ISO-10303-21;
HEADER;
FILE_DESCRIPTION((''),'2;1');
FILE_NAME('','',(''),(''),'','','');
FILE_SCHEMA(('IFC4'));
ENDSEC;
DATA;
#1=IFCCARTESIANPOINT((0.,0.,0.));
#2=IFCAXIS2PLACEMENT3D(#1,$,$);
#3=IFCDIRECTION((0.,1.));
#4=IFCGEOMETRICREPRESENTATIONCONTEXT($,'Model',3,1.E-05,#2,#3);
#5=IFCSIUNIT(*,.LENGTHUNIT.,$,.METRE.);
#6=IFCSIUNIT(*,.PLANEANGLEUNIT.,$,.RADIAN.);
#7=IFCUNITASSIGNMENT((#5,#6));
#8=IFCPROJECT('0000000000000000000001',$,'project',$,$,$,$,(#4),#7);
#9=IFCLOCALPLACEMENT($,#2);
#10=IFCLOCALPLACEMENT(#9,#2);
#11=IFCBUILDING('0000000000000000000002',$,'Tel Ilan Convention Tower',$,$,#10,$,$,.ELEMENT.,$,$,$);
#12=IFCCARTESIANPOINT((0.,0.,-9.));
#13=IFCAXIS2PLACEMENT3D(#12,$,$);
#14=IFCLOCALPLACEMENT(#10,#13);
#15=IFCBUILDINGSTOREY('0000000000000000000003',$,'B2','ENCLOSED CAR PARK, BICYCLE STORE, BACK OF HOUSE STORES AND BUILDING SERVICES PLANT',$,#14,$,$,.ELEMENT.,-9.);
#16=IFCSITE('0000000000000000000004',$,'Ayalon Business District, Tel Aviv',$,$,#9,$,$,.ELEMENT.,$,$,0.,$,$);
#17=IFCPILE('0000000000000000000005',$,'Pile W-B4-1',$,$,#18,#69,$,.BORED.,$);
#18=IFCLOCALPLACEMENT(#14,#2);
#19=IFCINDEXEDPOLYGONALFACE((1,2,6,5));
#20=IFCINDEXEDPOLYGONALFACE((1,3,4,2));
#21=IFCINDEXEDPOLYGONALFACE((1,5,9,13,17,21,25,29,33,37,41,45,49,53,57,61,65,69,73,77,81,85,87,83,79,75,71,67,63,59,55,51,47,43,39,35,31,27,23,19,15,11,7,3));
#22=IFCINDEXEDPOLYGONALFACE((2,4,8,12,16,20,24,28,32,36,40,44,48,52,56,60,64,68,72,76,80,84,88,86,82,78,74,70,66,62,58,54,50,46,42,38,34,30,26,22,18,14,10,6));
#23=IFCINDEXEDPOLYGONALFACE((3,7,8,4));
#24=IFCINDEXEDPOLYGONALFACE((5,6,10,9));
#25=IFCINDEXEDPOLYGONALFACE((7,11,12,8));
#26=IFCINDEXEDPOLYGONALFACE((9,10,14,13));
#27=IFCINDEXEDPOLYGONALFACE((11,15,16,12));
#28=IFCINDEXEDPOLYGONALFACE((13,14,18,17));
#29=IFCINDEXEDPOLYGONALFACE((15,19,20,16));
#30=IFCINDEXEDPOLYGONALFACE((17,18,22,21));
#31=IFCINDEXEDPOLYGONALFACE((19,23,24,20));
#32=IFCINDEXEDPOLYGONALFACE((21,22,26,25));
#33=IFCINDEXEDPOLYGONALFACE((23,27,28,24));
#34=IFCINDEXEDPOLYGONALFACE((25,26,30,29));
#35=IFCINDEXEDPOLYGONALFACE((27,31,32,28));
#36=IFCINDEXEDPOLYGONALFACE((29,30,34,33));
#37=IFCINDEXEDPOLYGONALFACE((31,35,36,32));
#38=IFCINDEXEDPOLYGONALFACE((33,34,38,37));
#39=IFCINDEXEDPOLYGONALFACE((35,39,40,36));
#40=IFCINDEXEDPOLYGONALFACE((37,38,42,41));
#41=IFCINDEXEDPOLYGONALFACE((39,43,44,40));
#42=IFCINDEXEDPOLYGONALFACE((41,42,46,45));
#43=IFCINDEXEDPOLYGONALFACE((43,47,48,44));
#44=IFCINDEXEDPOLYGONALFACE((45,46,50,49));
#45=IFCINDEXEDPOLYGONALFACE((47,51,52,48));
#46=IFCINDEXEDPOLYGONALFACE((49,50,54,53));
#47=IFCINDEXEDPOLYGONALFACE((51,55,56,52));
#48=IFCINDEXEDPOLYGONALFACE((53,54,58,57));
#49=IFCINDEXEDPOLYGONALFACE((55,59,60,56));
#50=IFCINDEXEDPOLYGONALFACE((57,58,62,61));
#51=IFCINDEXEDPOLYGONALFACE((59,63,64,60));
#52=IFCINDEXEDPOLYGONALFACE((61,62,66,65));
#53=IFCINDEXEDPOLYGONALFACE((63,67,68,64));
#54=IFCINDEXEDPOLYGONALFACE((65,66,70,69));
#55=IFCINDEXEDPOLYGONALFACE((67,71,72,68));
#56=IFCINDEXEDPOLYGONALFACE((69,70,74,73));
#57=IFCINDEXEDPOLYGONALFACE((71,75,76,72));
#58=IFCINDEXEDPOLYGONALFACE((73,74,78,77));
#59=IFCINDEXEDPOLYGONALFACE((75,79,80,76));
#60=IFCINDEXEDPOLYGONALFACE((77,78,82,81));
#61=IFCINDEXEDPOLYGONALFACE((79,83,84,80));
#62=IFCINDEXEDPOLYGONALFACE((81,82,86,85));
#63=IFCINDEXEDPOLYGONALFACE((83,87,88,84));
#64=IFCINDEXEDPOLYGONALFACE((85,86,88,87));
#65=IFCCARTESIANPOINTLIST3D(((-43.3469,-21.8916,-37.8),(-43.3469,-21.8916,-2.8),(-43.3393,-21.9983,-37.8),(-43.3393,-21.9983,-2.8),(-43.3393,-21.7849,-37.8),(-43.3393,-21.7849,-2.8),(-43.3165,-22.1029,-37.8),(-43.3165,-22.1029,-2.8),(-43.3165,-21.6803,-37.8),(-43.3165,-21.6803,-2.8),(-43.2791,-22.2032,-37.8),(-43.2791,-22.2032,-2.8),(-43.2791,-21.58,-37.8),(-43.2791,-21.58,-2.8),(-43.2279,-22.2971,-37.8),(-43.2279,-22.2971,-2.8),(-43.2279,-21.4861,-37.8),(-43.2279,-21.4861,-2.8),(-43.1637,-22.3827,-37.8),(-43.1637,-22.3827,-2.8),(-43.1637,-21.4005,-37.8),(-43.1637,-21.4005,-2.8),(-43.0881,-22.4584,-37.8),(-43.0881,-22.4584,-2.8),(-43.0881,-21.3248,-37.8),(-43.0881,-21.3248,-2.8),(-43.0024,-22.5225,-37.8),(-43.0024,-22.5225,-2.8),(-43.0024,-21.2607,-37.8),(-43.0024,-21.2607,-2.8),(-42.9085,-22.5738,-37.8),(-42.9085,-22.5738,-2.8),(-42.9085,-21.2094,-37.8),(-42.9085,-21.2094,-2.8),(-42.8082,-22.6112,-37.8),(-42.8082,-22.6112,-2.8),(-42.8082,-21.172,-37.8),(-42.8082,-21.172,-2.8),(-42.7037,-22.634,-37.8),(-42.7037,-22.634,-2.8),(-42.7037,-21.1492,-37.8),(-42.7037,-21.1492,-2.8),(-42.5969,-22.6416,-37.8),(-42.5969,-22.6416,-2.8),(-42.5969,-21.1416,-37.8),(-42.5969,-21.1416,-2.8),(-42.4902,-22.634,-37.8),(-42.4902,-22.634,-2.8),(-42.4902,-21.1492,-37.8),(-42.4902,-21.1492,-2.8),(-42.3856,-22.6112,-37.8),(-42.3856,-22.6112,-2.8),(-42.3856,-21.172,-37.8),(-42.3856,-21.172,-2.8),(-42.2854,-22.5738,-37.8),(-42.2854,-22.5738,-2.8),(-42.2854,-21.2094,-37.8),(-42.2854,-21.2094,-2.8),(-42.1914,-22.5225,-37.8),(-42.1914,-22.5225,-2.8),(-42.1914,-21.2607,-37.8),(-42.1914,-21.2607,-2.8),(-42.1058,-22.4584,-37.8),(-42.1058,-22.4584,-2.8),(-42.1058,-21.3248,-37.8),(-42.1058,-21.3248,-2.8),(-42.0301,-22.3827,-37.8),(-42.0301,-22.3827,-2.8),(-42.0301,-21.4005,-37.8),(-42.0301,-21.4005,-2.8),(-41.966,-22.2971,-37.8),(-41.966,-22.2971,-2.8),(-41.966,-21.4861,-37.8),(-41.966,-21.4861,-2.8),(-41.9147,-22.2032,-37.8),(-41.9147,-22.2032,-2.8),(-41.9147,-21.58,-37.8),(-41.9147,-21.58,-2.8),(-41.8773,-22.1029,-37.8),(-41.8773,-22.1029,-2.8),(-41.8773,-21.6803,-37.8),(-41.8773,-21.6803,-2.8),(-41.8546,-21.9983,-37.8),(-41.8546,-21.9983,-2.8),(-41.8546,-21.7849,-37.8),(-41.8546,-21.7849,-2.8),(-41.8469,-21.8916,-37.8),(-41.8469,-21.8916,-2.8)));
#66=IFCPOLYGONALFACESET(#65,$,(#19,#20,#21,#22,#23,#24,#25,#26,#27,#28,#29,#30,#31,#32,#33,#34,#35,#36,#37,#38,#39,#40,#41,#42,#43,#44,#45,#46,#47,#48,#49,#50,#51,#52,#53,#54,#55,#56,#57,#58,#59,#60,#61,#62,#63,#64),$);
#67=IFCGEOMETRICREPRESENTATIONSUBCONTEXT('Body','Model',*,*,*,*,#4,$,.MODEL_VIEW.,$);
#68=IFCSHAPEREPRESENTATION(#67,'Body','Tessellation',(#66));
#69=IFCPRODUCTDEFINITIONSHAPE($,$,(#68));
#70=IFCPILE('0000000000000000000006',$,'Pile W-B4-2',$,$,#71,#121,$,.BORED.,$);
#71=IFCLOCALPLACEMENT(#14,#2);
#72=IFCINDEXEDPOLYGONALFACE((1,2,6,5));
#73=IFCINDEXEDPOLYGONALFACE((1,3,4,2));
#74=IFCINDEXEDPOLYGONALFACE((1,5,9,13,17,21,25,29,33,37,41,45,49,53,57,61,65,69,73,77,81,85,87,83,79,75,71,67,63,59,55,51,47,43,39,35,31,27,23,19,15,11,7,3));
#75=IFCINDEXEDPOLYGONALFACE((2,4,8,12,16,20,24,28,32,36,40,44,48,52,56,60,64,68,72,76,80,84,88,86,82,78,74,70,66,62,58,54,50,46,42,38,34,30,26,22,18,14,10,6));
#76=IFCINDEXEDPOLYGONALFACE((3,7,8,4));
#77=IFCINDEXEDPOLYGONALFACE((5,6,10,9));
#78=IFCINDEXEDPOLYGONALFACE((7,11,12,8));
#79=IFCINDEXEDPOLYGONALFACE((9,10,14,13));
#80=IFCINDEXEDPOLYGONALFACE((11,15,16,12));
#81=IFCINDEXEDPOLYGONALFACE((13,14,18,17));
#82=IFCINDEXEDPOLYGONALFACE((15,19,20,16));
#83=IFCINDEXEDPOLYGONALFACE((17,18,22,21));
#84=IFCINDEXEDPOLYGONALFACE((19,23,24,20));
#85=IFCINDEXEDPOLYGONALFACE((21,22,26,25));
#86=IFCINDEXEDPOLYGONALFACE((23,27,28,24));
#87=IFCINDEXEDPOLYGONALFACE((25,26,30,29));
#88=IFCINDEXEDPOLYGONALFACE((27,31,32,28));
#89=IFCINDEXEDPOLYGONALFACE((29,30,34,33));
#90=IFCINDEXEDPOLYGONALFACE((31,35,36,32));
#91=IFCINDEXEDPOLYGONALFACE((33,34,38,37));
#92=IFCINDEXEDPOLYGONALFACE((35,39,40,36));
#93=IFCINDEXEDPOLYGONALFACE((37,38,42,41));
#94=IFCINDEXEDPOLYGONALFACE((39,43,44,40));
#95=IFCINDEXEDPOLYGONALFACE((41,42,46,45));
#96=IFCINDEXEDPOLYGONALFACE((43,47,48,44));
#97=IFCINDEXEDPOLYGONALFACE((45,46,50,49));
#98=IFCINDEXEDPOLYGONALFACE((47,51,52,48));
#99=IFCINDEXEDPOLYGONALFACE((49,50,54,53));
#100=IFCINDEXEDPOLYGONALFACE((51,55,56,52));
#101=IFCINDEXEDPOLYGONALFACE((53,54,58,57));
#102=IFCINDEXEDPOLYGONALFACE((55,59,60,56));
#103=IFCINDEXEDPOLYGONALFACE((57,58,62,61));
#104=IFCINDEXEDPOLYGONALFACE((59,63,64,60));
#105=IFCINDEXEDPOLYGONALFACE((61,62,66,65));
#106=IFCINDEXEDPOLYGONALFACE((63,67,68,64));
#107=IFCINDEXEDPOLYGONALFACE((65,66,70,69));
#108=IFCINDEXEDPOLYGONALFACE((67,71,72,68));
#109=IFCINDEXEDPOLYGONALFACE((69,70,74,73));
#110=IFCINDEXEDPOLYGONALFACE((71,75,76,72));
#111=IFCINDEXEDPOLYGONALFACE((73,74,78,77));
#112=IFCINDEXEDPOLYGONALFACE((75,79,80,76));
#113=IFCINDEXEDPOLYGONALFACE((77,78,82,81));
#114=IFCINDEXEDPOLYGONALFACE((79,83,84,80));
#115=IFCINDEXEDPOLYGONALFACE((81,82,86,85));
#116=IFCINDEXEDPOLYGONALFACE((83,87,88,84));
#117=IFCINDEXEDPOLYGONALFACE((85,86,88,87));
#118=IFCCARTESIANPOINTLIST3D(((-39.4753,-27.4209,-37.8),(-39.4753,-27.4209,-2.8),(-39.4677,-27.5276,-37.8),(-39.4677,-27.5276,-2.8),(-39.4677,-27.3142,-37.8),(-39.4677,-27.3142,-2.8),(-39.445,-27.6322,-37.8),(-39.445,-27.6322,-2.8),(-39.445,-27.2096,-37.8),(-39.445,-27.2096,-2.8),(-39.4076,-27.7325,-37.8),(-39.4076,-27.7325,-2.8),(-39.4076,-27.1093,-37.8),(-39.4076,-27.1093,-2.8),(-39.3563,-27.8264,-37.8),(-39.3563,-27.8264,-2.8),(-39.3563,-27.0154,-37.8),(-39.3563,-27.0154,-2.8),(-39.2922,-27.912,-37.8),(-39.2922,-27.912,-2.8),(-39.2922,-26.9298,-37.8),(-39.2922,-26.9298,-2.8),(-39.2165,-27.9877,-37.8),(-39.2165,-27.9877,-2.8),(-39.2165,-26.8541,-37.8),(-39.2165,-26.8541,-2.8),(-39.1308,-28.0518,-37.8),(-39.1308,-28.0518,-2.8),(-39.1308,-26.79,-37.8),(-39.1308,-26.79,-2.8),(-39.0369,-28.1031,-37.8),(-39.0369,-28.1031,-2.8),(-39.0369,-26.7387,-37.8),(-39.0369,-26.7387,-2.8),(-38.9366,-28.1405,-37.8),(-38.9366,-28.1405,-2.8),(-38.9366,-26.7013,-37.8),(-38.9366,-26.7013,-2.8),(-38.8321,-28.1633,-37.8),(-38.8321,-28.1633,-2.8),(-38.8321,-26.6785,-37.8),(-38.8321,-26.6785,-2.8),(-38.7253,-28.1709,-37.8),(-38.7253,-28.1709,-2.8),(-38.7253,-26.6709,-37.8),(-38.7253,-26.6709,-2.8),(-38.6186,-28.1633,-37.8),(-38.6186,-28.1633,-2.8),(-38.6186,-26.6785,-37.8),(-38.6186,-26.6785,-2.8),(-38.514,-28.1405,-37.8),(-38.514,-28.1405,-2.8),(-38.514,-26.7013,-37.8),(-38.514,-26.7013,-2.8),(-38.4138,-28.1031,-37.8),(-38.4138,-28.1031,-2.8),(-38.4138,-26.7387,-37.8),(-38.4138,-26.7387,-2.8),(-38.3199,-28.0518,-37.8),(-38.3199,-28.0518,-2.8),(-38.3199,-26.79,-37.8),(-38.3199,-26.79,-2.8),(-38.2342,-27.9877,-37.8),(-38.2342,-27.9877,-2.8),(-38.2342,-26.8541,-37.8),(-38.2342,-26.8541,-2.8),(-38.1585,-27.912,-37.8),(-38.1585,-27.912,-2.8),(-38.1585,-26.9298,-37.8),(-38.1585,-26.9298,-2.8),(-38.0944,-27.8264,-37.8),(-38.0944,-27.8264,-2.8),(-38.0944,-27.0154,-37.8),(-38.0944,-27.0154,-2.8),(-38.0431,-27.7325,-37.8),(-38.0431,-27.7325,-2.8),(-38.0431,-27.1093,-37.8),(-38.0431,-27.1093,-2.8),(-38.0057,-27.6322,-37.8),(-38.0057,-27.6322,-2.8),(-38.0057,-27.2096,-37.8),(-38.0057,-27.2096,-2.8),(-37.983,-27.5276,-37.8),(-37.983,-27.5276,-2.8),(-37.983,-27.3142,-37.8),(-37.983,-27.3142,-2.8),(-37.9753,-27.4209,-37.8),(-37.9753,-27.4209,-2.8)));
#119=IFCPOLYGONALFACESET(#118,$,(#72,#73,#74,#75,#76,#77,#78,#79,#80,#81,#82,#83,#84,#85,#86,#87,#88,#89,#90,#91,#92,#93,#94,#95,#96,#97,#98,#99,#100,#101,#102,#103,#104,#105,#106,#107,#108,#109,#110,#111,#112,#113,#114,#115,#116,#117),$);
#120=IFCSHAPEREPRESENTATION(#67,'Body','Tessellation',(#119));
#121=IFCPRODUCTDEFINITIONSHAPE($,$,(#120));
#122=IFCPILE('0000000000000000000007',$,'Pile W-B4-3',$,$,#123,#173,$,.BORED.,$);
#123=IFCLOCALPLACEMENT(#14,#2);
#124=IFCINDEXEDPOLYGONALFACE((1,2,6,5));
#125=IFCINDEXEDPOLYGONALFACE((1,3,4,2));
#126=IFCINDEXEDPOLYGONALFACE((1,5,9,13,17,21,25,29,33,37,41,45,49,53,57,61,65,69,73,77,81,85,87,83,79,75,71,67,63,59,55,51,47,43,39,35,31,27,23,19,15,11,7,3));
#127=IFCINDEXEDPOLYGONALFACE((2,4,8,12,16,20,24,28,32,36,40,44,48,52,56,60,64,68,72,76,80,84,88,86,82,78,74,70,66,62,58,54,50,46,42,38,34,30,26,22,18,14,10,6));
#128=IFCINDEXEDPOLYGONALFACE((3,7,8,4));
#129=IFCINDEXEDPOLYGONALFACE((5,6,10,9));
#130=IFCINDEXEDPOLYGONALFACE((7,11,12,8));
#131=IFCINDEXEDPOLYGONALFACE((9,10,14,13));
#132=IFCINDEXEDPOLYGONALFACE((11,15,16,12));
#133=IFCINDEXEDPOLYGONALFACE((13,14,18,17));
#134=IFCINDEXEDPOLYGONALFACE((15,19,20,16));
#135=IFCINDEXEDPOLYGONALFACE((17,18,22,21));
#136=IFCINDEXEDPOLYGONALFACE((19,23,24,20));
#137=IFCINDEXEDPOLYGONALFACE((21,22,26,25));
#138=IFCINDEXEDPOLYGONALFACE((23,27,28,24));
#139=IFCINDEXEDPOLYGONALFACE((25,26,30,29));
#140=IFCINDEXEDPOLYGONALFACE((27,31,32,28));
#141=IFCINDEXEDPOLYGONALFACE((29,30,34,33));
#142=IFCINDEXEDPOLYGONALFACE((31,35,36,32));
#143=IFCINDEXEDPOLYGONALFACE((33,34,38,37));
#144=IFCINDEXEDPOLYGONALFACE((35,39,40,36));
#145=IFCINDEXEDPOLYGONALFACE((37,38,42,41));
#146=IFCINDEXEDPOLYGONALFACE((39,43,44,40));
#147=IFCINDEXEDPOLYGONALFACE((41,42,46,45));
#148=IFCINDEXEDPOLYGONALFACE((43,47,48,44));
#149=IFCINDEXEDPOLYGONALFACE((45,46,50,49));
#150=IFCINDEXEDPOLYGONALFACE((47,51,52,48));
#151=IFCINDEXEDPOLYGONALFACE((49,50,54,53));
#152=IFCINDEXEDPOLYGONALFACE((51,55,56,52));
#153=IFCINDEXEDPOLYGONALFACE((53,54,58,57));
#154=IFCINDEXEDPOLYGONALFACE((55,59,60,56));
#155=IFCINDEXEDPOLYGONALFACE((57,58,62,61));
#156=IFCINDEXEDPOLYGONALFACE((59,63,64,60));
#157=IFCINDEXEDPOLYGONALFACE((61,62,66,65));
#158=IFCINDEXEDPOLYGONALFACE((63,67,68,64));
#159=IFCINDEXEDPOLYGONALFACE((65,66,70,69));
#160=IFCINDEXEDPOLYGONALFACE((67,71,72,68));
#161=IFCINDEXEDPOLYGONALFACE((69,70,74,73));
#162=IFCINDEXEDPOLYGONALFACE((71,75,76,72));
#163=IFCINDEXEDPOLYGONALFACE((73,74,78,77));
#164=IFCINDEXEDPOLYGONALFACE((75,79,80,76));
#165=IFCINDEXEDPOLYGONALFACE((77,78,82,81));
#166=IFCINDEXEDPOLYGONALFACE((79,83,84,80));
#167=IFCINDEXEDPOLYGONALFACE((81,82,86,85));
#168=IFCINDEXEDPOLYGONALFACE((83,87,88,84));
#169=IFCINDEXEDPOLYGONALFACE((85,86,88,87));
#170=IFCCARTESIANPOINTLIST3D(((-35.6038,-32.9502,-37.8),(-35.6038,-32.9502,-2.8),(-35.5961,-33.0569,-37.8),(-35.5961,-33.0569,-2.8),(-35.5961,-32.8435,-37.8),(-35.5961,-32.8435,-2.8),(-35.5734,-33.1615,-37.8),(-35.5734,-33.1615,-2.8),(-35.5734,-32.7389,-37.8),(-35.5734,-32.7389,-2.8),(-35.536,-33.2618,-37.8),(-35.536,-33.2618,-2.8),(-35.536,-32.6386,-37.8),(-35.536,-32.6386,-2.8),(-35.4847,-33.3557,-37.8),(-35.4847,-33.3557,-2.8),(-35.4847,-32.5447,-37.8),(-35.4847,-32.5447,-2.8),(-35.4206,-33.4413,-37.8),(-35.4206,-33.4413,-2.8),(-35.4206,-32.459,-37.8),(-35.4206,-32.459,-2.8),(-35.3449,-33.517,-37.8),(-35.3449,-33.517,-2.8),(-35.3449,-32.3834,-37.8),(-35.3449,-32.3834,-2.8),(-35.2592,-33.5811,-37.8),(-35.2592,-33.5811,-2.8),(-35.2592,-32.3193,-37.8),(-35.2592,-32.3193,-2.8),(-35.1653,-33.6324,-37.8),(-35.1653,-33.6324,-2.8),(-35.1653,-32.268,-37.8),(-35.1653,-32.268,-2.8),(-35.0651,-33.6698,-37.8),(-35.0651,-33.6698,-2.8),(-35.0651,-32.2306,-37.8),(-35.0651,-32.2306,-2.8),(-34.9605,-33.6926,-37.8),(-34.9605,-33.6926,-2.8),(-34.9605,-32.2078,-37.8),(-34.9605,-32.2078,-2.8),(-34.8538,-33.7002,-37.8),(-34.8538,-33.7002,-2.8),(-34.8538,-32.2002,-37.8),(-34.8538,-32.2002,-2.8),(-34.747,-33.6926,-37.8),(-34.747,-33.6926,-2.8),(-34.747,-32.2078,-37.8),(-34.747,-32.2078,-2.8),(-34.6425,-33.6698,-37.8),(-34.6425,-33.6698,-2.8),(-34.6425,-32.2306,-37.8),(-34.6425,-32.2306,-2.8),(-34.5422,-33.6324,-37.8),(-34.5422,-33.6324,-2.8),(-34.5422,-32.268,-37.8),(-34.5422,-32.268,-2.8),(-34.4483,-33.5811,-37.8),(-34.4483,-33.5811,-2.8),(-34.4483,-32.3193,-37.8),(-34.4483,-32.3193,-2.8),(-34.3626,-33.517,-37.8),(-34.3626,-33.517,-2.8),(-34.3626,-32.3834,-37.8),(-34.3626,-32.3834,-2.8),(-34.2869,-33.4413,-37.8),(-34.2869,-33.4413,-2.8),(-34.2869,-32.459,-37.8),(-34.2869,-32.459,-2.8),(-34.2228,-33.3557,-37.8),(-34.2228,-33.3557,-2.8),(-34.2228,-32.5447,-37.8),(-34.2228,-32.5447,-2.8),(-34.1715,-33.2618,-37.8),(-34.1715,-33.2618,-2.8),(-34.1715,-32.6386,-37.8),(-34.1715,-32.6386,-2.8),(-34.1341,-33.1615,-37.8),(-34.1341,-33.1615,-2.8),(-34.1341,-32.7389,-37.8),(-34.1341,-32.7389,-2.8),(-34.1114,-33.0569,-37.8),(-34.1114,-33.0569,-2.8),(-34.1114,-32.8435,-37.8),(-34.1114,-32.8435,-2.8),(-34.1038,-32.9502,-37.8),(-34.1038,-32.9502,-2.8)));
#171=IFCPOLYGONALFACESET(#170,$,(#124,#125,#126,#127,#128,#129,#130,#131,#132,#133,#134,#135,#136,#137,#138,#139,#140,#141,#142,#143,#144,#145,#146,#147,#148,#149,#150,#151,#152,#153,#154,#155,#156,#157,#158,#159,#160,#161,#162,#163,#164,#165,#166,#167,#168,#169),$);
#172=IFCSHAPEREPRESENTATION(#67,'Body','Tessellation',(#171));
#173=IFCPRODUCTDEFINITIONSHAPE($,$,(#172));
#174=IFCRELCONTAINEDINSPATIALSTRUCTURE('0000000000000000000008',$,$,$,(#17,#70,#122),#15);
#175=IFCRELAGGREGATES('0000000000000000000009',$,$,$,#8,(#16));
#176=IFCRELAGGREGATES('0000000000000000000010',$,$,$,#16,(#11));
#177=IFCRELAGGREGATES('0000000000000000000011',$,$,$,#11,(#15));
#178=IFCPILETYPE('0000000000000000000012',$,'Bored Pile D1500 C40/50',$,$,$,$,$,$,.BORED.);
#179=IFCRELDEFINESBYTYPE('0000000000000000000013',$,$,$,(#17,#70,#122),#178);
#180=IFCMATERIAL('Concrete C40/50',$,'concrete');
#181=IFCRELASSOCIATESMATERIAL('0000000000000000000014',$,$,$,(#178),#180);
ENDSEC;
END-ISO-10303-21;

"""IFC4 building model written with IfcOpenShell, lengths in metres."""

from ifc_helpers import new_model, si_unit, direction, frame, origin, origin_2d, place, context, subcontext, project, spatial, circle, extrude, material, material_profile, profile_set, type_object, element, save


model = new_model("IFC4")

# Units and contexts
model_context = context("Model", 3, precision=1e-05, world=origin(), true_north=direction((0.0, 1.0)))
body_context = subcontext(model_context, "Body", "Model", "MODEL_VIEW")
ifc_project = project(units=[si_unit("LENGTHUNIT", "METRE"), si_unit("PLANEANGLEUNIT", "RADIAN")], contexts=[model_context])

# Site, building, storey
site_placement = place(None, origin())
site = spatial("IfcSite", under=ifc_project, at=site_placement, Name="Ayalon Business District, Tel Aviv", CompositionType="ELEMENT", RefElevation=0.0)
building_placement = place(site_placement, origin())
building = spatial("IfcBuilding", under=site, at=building_placement, Name="Tel Ilan Convention Tower", CompositionType="ELEMENT")
storey_placement = place(building_placement, frame((0.0, 0.0, -9.0)))
storey = spatial("IfcBuildingStorey", under=building, at=storey_placement, Name="B2", Description="ENCLOSED CAR PARK, BICYCLE STORE, BACK OF HOUSE STORES AND BUILDING SERVICES PLANT", CompositionType="ELEMENT", Elevation=-9.0)

# Piles
ifc_material_1 = material(Name="Concrete C40/50", Category="concrete")
ifc_material_profile_1 = material_profile(ifc_material_1, circle(Radius=0.75, at=origin_2d()), Name="BORED D1500")
ifc_profile_set_1 = profile_set([ifc_material_profile_1], Name="Concrete C40/50")
pile_type_1 = type_object("IfcPileType", Name="Bored Pile D1500 C40/50", PredefinedType="BORED", material=ifc_profile_set_1)
for number, where, z_axis, x_axis, name in (
    (1, (-42.5969, -21.8916, -2.8), (0.0, 0.0, -1.0), (1.0, 0.0, 0.0), "Pile W-B4-1"),
    (2, (-38.7253, -27.4209, -2.8), (0.0, 0.0, -1.0), (1.0, 0.0, 0.0), "Pile W-B4-2"),
    (3, (-34.8538, -32.9502, -2.8), (0.0, 0.0, -1.0), (1.0, 0.0, 0.0), "Pile W-B4-3"),
):
    element("IfcPile", number, at=place(storey_placement, frame(where, z_axis=z_axis, x_axis=x_axis)), inside=storey, type_object=pile_type_1, Name=name, PredefinedType="BORED", context=body_context, shape_type="SweptSolid", body=[
        extrude(circle(Radius=0.75, at=origin_2d()), origin(), (0.0, 0.0, 1.0), 35.0),
    ])

save(model, "model.ifc")
